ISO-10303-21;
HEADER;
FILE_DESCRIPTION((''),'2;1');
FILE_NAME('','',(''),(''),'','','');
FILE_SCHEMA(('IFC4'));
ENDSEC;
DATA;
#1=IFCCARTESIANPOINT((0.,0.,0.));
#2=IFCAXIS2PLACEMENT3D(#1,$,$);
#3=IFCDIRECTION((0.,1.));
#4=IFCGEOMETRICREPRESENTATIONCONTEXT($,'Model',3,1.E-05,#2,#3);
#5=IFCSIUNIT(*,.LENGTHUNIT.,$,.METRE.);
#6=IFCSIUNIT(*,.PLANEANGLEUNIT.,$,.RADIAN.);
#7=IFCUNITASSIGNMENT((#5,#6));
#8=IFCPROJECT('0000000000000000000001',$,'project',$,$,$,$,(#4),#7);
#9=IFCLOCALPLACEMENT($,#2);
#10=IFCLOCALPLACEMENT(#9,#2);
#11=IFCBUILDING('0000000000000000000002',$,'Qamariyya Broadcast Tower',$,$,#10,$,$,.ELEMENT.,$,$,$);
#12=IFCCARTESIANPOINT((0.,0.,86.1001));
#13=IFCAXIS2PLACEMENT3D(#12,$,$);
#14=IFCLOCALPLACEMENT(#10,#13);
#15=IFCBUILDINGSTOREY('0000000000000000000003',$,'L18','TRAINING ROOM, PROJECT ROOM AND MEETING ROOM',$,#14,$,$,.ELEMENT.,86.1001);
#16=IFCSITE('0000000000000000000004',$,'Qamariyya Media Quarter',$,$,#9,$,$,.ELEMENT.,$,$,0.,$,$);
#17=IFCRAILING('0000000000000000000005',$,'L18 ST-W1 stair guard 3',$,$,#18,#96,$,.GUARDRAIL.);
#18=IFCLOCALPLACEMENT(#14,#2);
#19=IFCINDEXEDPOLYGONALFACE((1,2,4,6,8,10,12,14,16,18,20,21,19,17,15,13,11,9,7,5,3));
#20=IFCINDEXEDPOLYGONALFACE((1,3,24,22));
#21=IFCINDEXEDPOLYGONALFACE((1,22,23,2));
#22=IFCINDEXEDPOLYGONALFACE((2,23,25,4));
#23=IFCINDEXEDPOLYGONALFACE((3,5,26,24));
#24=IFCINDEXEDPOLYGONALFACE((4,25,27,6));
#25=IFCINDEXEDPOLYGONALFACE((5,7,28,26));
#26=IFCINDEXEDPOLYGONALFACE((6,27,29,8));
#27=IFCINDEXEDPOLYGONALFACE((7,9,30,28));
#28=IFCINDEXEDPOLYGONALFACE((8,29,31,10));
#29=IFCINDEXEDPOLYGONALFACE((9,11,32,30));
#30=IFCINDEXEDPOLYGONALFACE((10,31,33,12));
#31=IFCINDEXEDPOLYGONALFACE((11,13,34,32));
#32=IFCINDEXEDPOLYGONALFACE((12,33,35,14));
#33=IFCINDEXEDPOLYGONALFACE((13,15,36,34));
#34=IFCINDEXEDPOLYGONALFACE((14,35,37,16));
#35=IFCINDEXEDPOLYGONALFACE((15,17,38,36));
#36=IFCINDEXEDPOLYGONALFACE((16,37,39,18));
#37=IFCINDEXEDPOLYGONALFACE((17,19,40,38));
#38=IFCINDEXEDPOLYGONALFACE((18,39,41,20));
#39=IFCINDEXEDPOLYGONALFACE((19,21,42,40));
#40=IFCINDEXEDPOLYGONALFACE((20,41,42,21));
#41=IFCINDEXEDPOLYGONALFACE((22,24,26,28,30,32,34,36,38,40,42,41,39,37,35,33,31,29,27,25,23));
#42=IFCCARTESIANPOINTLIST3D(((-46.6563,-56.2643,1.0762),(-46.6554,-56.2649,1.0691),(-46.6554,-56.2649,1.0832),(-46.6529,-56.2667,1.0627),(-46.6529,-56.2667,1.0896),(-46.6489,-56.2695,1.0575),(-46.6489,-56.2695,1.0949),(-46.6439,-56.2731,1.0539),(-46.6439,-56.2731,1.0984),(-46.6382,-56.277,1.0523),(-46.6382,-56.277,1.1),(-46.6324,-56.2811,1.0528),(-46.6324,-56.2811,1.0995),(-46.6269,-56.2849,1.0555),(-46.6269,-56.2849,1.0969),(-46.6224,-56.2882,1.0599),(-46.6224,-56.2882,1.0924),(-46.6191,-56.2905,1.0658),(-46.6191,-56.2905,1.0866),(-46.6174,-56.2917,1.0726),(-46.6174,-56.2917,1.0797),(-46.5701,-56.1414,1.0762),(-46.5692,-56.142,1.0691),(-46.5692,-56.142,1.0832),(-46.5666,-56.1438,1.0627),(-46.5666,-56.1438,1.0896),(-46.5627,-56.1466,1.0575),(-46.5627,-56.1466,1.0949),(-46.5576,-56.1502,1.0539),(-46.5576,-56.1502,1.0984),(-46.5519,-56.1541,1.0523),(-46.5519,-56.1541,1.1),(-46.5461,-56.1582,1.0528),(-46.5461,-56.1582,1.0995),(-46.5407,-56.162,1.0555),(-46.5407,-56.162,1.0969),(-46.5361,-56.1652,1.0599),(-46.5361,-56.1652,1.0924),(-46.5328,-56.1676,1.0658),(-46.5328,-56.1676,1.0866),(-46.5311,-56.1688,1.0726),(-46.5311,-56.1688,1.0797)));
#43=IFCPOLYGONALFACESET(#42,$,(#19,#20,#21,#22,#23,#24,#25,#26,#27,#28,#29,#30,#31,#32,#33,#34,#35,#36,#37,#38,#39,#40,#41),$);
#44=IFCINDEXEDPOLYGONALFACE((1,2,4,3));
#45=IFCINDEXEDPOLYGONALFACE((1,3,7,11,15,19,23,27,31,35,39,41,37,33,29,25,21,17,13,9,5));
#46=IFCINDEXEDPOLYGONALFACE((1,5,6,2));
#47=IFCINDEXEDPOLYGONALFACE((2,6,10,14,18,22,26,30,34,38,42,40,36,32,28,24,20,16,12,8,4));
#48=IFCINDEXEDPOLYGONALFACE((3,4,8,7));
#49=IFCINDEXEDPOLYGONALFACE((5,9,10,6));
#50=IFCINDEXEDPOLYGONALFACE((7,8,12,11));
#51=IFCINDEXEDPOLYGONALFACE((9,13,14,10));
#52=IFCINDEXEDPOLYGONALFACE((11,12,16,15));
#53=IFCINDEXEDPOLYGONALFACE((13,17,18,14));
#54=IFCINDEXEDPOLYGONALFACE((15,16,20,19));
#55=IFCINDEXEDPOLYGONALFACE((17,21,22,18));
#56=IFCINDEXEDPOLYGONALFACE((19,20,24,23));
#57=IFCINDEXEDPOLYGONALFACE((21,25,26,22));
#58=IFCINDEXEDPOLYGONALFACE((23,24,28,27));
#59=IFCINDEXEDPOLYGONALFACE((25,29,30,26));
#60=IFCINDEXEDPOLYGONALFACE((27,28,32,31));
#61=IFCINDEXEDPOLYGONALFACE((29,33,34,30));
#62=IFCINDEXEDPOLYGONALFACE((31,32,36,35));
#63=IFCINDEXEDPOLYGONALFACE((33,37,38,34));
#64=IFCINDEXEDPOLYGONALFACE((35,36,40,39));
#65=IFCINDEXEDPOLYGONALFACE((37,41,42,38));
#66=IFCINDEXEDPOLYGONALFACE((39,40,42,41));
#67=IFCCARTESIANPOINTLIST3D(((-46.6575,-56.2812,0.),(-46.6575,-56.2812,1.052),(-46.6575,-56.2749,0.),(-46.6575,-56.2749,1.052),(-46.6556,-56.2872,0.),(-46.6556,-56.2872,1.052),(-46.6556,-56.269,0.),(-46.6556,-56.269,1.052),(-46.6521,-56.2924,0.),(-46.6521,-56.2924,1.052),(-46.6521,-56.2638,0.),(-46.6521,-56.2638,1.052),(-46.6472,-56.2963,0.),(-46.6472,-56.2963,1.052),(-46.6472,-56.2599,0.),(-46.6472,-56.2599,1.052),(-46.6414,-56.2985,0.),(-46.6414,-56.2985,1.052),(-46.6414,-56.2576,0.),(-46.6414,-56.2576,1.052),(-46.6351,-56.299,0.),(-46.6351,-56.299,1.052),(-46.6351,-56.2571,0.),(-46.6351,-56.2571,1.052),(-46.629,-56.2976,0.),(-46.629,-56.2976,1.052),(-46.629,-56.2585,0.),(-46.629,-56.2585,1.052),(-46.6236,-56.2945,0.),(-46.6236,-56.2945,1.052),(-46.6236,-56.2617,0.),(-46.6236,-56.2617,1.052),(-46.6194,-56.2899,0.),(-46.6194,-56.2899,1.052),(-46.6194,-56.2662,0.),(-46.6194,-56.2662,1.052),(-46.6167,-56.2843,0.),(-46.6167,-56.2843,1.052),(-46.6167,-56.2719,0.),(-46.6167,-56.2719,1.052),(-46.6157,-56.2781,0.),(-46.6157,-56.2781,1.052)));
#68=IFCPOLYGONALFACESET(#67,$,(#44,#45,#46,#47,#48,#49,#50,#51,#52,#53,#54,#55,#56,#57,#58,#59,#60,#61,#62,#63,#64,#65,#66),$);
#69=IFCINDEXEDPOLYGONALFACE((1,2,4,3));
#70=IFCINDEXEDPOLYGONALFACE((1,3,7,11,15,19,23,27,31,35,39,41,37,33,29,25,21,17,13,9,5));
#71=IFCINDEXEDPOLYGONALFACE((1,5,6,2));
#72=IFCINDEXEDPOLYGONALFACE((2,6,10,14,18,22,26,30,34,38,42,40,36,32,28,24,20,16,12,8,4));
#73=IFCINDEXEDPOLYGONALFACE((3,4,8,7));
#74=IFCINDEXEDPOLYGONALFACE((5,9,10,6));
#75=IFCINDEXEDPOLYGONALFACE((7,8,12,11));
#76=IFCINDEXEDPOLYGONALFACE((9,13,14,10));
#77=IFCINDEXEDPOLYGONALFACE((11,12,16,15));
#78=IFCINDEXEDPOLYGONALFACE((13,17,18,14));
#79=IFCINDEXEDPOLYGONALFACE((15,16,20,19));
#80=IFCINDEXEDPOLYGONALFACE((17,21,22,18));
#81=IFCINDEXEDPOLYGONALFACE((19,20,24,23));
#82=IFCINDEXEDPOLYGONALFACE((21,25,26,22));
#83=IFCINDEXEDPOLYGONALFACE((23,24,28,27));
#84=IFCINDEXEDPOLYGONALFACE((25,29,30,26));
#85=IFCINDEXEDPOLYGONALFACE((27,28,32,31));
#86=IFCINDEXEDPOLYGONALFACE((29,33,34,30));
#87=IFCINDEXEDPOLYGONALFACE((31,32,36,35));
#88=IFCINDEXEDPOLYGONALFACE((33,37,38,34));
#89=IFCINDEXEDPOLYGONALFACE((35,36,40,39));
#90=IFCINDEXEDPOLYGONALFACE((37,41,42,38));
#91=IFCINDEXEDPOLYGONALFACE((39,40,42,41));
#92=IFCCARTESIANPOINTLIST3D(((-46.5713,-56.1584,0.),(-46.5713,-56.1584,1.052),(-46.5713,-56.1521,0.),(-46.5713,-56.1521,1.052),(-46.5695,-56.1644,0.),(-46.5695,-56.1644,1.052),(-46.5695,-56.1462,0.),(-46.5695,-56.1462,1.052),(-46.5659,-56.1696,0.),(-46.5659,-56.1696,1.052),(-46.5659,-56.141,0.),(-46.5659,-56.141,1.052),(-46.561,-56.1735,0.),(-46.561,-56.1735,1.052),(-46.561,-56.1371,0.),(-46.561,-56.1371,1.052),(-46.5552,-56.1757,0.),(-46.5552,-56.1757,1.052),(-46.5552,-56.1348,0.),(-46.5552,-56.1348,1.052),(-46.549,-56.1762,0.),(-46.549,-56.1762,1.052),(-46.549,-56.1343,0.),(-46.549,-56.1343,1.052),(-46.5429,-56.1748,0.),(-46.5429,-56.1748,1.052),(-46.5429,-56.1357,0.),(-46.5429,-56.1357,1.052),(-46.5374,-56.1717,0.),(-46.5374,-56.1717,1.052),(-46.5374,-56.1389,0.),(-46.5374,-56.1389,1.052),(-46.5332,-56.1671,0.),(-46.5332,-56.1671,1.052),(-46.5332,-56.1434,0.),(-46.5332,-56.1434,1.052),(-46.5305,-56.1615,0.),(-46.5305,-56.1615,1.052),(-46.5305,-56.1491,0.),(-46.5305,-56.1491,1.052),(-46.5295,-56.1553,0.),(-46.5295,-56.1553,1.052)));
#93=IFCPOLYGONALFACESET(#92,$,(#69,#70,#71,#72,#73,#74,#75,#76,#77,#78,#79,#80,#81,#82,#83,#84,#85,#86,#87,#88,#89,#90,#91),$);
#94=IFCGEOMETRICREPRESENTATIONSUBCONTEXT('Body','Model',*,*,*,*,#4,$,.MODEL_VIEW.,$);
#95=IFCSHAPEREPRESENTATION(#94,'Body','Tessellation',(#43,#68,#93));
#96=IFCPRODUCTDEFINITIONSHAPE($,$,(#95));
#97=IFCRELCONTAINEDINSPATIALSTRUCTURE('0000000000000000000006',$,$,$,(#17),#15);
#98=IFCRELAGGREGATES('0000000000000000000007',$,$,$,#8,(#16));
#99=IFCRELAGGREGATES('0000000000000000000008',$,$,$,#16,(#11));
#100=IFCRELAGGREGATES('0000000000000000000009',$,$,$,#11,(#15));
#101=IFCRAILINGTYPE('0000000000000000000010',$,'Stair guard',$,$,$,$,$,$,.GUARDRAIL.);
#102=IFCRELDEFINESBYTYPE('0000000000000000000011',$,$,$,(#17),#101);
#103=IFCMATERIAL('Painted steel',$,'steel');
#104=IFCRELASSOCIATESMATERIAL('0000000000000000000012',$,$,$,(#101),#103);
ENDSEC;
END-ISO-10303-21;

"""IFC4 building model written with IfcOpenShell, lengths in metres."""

from ifc_helpers import new_model, si_unit, direction, frame, origin, origin_2d, place, context, subcontext, project, spatial, circle, extrude, material, type_object, element, save


model = new_model("IFC4")

# Units and contexts
model_context = context("Model", 3, precision=1e-05, world=origin(), true_north=direction((0.0, 1.0)))
body_context = subcontext(model_context, "Body", "Model", "MODEL_VIEW")
ifc_project = project(units=[si_unit("LENGTHUNIT", "METRE"), si_unit("PLANEANGLEUNIT", "RADIAN")], contexts=[model_context])

# Site, building, storey
site_placement = place(None, origin())
site = spatial("IfcSite", under=ifc_project, at=site_placement, Name="Qamariyya Media Quarter", CompositionType="ELEMENT", RefElevation=0.0)
building_placement = place(site_placement, origin())
building = spatial("IfcBuilding", under=site, at=building_placement, Name="Qamariyya Broadcast Tower", CompositionType="ELEMENT")
storey_placement = place(building_placement, frame((0.0, 0.0, 86.1001)))
storey = spatial("IfcBuildingStorey", under=building, at=storey_placement, Name="L18", Description="TRAINING ROOM, PROJECT ROOM AND MEETING ROOM", CompositionType="ELEMENT", Elevation=86.1001)

# Railing
ifc_material_1 = material(Name="Painted steel", Category="steel")
railing_type_1 = type_object("IfcRailingType", Name="Stair guard", PredefinedType="GUARDRAIL", material=ifc_material_1)
railing_1_placement = place(storey_placement, frame((-46.6367, -56.2781, 0.0)))
element("IfcRailing", 1, at=railing_1_placement, inside=storey, type_object=railing_type_1, Name="L18 ST-W1 stair guard 3", PredefinedType="GUARDRAIL", context=body_context, shape_type="SweptSolid", body=[
    extrude(circle(Radius=0.0239, at=origin_2d()), frame((0.0, 0.0, 1.0762), z_axis=(0.574445, 0.818543, 0.0), x_axis=(-0.818543, 0.574445, 0.0)), (0.0, 0.0, 1.0), 0.1501),
    extrude(circle(Radius=0.021, at=origin_2d()), origin(), (0.0, 0.0, 1.0), 1.052),
    extrude(circle(Radius=0.021, at=origin_2d()), frame((0.0862, 0.1228, 0.0)), (0.0, 0.0, 1.0), 1.052),
])

save(model, "model.ifc")
